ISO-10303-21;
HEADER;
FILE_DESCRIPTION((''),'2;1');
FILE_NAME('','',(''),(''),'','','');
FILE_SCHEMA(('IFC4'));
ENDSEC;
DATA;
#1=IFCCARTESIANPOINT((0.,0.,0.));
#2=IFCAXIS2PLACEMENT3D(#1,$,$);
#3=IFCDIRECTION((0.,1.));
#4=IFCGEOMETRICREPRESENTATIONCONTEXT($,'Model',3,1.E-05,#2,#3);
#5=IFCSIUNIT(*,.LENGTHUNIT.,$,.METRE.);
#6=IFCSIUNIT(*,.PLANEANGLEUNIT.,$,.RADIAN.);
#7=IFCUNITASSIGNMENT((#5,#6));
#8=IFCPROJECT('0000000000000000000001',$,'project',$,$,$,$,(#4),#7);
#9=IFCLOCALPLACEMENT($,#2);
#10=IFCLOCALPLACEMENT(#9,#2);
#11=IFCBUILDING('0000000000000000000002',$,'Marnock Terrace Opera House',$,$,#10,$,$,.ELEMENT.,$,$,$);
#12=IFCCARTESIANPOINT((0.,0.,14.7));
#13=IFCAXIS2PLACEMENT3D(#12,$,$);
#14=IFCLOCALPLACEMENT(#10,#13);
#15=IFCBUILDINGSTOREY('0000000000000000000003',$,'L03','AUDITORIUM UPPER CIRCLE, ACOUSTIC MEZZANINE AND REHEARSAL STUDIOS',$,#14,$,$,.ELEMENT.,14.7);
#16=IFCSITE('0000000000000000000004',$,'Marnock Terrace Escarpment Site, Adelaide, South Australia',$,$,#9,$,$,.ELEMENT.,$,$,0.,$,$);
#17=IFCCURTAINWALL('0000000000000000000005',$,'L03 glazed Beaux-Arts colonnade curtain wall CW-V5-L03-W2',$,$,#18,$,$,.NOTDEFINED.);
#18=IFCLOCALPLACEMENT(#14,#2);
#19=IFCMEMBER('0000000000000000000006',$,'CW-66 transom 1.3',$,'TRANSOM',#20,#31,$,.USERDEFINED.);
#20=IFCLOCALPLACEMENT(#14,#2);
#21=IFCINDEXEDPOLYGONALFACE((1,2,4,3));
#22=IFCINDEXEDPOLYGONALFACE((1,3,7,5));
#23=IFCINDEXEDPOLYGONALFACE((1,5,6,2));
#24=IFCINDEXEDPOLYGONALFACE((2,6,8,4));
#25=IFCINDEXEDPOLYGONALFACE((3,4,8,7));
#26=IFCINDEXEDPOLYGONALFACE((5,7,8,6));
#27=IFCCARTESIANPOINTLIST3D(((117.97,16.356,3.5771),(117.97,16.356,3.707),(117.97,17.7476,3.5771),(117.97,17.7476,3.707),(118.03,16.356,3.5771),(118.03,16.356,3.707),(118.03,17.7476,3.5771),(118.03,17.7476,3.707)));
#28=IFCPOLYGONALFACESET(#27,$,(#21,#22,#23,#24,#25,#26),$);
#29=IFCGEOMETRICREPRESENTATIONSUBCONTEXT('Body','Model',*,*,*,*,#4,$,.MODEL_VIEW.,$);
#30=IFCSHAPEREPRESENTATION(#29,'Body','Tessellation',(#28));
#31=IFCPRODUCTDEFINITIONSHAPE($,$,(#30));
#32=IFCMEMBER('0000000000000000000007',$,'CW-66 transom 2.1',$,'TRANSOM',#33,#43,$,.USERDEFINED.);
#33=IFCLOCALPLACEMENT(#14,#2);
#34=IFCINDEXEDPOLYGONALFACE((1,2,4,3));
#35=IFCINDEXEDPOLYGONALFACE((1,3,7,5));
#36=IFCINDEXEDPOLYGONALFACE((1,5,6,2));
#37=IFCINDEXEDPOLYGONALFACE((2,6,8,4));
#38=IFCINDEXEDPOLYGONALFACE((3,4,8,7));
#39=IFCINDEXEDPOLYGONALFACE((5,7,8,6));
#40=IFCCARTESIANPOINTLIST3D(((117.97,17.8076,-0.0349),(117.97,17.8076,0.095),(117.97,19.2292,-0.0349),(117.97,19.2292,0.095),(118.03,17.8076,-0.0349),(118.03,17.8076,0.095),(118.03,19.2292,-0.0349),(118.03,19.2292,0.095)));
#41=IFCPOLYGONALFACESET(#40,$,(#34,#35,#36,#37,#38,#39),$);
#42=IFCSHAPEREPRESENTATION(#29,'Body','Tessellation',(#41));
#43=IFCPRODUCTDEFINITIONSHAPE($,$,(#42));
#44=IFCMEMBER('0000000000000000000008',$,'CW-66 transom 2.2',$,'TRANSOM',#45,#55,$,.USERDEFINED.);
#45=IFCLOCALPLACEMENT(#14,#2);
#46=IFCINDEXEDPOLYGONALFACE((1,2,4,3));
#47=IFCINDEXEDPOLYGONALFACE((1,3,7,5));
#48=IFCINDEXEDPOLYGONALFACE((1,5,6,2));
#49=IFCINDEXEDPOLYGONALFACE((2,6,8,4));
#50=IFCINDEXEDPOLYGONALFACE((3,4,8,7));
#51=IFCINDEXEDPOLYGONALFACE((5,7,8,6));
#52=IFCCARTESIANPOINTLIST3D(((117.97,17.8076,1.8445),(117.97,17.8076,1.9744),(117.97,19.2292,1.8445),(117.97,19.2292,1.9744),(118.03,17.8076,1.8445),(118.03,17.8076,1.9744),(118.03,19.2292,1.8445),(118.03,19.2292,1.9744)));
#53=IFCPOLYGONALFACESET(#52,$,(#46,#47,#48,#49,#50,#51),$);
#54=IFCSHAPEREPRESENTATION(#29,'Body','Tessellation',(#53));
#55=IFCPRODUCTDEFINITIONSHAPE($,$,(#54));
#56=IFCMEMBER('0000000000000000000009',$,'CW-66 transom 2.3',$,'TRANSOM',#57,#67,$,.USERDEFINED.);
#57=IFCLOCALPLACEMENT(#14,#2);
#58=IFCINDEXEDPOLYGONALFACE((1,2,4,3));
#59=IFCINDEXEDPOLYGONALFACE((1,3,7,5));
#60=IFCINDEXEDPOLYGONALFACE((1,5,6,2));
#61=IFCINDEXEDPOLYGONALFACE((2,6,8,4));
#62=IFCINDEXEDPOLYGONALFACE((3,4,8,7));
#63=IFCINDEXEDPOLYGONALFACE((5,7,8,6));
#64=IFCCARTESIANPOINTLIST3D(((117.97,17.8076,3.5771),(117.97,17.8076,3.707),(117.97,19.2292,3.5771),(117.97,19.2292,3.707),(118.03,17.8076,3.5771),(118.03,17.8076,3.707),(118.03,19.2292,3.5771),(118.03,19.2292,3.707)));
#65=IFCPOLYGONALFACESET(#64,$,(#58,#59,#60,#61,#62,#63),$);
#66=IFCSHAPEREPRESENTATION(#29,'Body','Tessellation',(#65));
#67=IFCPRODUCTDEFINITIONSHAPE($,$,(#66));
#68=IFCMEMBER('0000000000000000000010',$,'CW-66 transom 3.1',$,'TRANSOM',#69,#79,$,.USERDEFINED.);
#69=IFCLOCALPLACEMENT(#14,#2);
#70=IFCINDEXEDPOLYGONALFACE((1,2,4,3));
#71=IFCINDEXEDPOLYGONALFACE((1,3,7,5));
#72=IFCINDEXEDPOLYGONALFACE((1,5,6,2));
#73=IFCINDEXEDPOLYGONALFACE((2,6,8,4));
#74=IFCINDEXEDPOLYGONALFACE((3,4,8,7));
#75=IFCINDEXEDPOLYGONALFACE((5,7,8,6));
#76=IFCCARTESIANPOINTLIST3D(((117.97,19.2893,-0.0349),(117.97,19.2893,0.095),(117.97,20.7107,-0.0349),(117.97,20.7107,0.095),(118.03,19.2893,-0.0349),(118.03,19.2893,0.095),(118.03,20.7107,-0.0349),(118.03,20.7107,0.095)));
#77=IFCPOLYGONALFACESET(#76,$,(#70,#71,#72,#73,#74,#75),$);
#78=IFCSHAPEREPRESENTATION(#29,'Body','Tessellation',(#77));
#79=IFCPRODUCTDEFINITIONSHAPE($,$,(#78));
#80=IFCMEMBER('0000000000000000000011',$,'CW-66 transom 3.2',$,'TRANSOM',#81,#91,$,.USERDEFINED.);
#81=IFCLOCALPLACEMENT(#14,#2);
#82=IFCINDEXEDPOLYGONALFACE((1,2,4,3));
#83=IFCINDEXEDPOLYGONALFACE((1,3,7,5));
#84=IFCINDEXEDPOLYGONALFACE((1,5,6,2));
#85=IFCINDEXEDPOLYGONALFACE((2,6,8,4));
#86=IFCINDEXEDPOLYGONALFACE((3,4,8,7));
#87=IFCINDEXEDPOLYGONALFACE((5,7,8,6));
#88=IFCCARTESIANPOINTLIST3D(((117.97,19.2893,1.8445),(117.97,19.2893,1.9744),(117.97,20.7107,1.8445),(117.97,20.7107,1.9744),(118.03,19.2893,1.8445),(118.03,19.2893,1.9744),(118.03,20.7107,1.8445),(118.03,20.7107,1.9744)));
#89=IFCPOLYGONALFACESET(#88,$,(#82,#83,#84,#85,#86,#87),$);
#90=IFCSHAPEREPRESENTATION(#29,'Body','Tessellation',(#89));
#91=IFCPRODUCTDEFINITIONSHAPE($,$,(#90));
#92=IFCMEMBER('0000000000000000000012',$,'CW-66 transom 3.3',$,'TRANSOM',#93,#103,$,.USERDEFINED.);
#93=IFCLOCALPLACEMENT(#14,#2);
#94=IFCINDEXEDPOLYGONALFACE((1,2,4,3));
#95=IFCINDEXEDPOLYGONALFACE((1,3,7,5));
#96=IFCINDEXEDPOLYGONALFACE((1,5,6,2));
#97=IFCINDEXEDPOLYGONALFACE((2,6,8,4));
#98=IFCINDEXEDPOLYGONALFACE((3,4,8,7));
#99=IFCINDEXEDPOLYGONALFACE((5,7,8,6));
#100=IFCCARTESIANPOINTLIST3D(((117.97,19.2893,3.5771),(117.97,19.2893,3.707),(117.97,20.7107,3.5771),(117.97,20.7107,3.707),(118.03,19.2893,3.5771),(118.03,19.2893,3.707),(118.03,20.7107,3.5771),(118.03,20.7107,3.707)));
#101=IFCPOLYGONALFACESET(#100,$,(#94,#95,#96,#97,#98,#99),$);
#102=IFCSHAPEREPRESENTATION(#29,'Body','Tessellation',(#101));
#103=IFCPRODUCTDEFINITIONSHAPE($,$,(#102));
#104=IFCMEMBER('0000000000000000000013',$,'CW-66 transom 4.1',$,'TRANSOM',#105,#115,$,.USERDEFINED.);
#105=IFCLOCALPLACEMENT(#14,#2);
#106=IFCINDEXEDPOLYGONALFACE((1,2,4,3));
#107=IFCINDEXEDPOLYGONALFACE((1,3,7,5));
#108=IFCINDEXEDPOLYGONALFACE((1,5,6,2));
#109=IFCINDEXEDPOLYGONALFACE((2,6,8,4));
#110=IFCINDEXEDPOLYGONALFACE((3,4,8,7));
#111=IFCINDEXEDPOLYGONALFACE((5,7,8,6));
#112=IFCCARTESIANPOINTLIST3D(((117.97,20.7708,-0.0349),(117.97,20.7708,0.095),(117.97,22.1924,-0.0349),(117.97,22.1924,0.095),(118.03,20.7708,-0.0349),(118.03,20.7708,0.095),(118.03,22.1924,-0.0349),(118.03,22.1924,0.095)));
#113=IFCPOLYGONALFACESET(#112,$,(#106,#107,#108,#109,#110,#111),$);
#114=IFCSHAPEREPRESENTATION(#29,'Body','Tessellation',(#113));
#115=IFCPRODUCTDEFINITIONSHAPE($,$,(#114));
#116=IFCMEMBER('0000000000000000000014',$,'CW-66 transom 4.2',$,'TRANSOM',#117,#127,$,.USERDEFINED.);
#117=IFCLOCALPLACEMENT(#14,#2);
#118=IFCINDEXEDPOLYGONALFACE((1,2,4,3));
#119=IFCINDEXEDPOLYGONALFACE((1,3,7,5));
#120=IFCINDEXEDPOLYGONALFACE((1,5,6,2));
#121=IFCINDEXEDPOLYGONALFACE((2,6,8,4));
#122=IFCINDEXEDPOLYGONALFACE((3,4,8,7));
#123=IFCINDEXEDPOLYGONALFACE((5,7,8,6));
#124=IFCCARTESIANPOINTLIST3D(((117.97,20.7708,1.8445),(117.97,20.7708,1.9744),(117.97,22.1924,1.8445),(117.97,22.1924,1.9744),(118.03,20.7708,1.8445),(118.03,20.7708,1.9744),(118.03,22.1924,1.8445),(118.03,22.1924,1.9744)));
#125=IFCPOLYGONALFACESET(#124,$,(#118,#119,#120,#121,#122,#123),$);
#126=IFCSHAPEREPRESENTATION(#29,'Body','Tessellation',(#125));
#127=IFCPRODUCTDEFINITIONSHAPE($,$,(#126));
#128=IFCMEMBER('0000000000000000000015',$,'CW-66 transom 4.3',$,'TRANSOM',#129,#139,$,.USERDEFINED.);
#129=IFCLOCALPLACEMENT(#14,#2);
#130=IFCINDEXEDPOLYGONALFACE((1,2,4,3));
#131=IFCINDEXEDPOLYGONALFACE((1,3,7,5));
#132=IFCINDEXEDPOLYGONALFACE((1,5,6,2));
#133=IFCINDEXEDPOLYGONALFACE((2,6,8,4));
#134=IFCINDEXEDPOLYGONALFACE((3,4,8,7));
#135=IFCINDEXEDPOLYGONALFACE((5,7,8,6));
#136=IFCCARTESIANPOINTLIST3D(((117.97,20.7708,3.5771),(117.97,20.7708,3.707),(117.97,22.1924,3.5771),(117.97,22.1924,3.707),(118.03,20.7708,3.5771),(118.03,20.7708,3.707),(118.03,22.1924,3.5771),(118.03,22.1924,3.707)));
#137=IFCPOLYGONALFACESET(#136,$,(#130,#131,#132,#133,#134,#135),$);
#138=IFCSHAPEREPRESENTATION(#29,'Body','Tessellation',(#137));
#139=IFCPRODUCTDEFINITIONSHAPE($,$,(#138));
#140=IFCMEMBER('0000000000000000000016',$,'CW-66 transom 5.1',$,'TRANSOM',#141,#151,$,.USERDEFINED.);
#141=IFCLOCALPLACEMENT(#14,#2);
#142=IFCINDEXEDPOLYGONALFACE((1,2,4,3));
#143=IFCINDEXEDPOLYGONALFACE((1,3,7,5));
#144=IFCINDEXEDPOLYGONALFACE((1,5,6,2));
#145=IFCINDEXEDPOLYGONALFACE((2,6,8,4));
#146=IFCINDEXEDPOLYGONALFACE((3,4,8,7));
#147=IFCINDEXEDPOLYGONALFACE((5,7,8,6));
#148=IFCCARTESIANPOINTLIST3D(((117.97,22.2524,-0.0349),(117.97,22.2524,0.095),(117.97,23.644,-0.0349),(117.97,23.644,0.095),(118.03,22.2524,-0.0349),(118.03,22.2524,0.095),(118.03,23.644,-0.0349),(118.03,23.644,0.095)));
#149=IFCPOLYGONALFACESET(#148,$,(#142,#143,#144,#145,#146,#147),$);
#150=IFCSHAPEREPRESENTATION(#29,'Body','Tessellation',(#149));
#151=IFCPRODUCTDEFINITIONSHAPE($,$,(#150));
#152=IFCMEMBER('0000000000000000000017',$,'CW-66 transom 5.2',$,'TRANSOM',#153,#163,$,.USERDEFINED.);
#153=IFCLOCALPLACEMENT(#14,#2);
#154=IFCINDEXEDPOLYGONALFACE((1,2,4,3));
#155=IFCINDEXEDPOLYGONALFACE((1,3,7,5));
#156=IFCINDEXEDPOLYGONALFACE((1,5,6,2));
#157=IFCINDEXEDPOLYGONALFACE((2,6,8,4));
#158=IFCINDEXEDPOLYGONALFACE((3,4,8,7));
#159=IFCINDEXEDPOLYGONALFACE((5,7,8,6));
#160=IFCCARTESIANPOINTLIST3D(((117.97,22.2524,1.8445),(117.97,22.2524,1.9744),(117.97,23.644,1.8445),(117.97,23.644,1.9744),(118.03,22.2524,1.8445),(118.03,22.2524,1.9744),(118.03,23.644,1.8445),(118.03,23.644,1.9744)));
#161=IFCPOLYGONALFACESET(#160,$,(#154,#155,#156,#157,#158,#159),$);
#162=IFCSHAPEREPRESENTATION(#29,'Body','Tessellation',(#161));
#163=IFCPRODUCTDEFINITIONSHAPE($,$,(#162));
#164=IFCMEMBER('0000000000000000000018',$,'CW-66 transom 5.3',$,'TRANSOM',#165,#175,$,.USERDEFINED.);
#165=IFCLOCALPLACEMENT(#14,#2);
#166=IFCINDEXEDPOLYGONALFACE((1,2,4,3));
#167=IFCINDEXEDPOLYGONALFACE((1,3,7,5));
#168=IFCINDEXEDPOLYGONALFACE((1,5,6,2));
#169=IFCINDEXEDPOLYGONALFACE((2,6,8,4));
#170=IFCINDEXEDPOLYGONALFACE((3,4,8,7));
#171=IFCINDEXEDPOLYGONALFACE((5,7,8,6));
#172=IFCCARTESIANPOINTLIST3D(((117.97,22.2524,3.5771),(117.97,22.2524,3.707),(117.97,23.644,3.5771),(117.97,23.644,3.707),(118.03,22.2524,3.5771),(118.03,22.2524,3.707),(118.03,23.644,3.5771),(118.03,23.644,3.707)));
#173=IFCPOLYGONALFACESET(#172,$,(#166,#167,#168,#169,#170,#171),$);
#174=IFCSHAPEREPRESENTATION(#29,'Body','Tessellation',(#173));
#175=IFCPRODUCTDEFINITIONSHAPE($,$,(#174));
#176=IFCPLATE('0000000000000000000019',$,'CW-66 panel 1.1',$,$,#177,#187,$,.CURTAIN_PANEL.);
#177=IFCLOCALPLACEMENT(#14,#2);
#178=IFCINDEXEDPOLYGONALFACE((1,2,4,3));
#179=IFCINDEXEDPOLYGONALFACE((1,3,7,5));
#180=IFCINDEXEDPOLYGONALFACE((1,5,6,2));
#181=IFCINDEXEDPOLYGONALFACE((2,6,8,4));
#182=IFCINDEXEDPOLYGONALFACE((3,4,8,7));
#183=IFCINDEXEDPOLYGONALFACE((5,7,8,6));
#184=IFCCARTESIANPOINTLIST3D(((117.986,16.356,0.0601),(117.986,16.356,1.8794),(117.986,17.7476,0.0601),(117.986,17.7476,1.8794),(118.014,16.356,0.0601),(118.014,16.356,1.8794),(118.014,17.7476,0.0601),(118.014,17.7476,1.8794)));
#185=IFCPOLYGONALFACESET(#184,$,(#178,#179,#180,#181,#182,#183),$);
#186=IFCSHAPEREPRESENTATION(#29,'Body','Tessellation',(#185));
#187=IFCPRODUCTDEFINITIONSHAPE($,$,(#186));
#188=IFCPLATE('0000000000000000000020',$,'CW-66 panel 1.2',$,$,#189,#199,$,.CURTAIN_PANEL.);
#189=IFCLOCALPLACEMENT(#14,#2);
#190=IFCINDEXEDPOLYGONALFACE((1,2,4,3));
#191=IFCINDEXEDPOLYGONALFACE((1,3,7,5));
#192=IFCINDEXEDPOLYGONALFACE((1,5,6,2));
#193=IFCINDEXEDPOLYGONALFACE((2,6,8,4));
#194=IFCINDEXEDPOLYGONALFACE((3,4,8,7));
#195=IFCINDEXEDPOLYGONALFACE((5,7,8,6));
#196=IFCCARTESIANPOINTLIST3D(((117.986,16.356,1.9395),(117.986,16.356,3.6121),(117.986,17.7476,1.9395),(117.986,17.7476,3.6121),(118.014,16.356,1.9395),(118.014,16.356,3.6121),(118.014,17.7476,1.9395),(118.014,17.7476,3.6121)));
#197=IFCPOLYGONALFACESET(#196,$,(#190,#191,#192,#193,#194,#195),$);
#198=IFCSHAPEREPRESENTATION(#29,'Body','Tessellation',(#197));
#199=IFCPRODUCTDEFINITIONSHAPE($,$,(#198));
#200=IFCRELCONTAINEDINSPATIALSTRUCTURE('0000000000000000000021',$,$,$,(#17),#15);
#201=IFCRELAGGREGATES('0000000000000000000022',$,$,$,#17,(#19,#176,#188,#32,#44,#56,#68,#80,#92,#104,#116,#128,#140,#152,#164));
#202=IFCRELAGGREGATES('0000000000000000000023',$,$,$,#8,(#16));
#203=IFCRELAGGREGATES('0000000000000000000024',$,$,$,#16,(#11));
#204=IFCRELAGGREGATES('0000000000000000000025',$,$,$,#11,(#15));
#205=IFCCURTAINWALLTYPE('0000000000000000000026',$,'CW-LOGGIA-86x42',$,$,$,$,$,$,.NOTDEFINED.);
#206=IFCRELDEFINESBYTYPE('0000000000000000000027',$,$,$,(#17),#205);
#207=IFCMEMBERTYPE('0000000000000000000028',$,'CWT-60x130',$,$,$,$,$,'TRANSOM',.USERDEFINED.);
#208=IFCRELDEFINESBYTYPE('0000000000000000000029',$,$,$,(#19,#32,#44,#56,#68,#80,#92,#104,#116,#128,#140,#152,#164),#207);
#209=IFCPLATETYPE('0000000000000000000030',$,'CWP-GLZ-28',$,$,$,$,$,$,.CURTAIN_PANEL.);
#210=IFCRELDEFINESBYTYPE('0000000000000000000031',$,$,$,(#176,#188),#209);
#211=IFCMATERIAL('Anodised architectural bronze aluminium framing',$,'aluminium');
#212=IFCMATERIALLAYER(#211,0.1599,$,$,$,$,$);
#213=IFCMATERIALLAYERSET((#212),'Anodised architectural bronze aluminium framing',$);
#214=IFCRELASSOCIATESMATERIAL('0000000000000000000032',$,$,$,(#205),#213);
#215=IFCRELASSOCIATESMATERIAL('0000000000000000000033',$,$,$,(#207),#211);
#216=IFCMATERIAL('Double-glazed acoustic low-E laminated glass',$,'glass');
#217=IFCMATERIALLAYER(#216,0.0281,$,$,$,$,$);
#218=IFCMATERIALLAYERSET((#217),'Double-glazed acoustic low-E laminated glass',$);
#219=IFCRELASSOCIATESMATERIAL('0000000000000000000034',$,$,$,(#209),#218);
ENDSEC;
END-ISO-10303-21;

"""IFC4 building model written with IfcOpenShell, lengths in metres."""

from ifc_helpers import new_model, si_unit, direction, frame, origin, origin_2d, place, context, subcontext, project, spatial, rectangle, extrude, material, layer, layer_set, material_profile, profile_set, type_object, element, aggregate, save


model = new_model("IFC4")

# Units and contexts
model_context = context("Model", 3, precision=1e-05, world=origin(), true_north=direction((0.0, 1.0)))
body_context = subcontext(model_context, "Body", "Model", "MODEL_VIEW")
ifc_project = project(units=[si_unit("LENGTHUNIT", "METRE"), si_unit("PLANEANGLEUNIT", "RADIAN")], contexts=[model_context])

# Site, building, storey
site_placement = place(None, origin())
site = spatial("IfcSite", under=ifc_project, at=site_placement, Name="Marnock Terrace Escarpment Site, Adelaide, South Australia", CompositionType="ELEMENT", RefElevation=0.0)
building_placement = place(site_placement, origin())
building = spatial("IfcBuilding", under=site, at=building_placement, Name="Marnock Terrace Opera House", CompositionType="ELEMENT")
storey_placement = place(building_placement, frame((0.0, 0.0, 14.7)))
storey = spatial("IfcBuildingStorey", under=building, at=storey_placement, Name="L03", Description="AUDITORIUM UPPER CIRCLE, ACOUSTIC MEZZANINE AND REHEARSAL STUDIOS", CompositionType="ELEMENT", Elevation=14.7)

# Curtain wall, members, plates
ifc_material_1 = material(Name="Anodised architectural bronze aluminium framing", Category="aluminium")
ifc_layer_1 = layer(ifc_material_1, 0.1599)
ifc_layer_set_1 = layer_set([ifc_layer_1], Name="Anodised architectural bronze aluminium framing")
curtain_wall_type = type_object("IfcCurtainWallType", Name="CW-LOGGIA-86x42", PredefinedType="NOTDEFINED", material=ifc_layer_set_1)
curtain_wall_placement = place(storey_placement, origin())
curtain_wall = element("IfcCurtainWall", 1, at=curtain_wall_placement, inside=storey, type_object=curtain_wall_type, Name="L03 glazed Beaux-Arts colonnade curtain wall CW-V5-L03-W2", PredefinedType="NOTDEFINED")
ifc_material_profile_1 = material_profile(ifc_material_1, rectangle(XDim=0.0601, YDim=0.1299, at=origin_2d()))
ifc_profile_set_1 = profile_set([ifc_material_profile_1], Name="Anodised architectural bronze aluminium framing")
member_type_1 = type_object("IfcMemberType", Name="CWT-60x130", ElementType="TRANSOM", PredefinedType="USERDEFINED", material=ifc_profile_set_1)
member_1_placement = place(storey_placement, frame((118.0, 16.356, 3.6421), z_axis=(0.0, 1.0, 0.0), x_axis=(-1.0, 0.0, 0.0)))
member_1 = element("IfcMember", 2, at=member_1_placement, type_object=member_type_1, Name="CW-66 transom 1.3", ObjectType="TRANSOM", PredefinedType="USERDEFINED", context=body_context, shape_type="SweptSolid", body=[
    extrude(rectangle(XDim=0.0601, YDim=0.1299, at=origin_2d()), origin(), (0.0, 0.0, 1.0), 1.3916),
])
member_2_placement = place(storey_placement, frame((118.0, 17.8076, 0.03), z_axis=(0.0, 1.0, 0.0), x_axis=(-1.0, 0.0, 0.0)))
member_2 = element("IfcMember", 3, at=member_2_placement, type_object=member_type_1, Name="CW-66 transom 2.1", ObjectType="TRANSOM", PredefinedType="USERDEFINED", context=body_context, shape_type="SweptSolid", body=[
    extrude(rectangle(XDim=0.0601, YDim=0.1299, at=origin_2d()), origin(), (0.0, 0.0, 1.0), 1.4216),
])
member_3_placement = place(storey_placement, frame((118.0, 17.8076, 1.9094), z_axis=(0.0, 1.0, 0.0), x_axis=(-1.0, 0.0, 0.0)))
member_3 = element("IfcMember", 4, at=member_3_placement, type_object=member_type_1, Name="CW-66 transom 2.2", ObjectType="TRANSOM", PredefinedType="USERDEFINED", context=body_context, shape_type="SweptSolid", body=[
    extrude(rectangle(XDim=0.0601, YDim=0.1299, at=origin_2d()), origin(), (0.0, 0.0, 1.0), 1.4216),
])
member_4_placement = place(storey_placement, frame((118.0, 17.8076, 3.6421), z_axis=(0.0, 1.0, 0.0), x_axis=(-1.0, 0.0, 0.0)))
member_4 = element("IfcMember", 5, at=member_4_placement, type_object=member_type_1, Name="CW-66 transom 2.3", ObjectType="TRANSOM", PredefinedType="USERDEFINED", context=body_context, shape_type="SweptSolid", body=[
    extrude(rectangle(XDim=0.0601, YDim=0.1299, at=origin_2d()), origin(), (0.0, 0.0, 1.0), 1.4216),
])
member_5_placement = place(storey_placement, frame((118.0, 19.2893, 0.03), z_axis=(0.0, 1.0, 0.0), x_axis=(-1.0, 0.0, 0.0)))
member_5 = element("IfcMember", 6, at=member_5_placement, type_object=member_type_1, Name="CW-66 transom 3.1", ObjectType="TRANSOM", PredefinedType="USERDEFINED", context=body_context, shape_type="SweptSolid", body=[
    extrude(rectangle(XDim=0.0601, YDim=0.1299, at=origin_2d()), origin(), (0.0, 0.0, 1.0), 1.4214),
])
member_6_placement = place(storey_placement, frame((118.0, 19.2893, 1.9094), z_axis=(0.0, 1.0, 0.0), x_axis=(-1.0, 0.0, 0.0)))
member_6 = element("IfcMember", 7, at=member_6_placement, type_object=member_type_1, Name="CW-66 transom 3.2", ObjectType="TRANSOM", PredefinedType="USERDEFINED", context=body_context, shape_type="SweptSolid", body=[
    extrude(rectangle(XDim=0.0601, YDim=0.1299, at=origin_2d()), origin(), (0.0, 0.0, 1.0), 1.4214),
])
member_7_placement = place(storey_placement, frame((118.0, 19.2893, 3.6421), z_axis=(0.0, 1.0, 0.0), x_axis=(-1.0, 0.0, 0.0)))
member_7 = element("IfcMember", 8, at=member_7_placement, type_object=member_type_1, Name="CW-66 transom 3.3", ObjectType="TRANSOM", PredefinedType="USERDEFINED", context=body_context, shape_type="SweptSolid", body=[
    extrude(rectangle(XDim=0.0601, YDim=0.1299, at=origin_2d()), origin(), (0.0, 0.0, 1.0), 1.4214),
])
member_8_placement = place(storey_placement, frame((118.0, 20.7708, 0.03), z_axis=(0.0, 1.0, 0.0), x_axis=(-1.0, 0.0, 0.0)))
member_8 = element("IfcMember", 9, at=member_8_placement, type_object=member_type_1, Name="CW-66 transom 4.1", ObjectType="TRANSOM", PredefinedType="USERDEFINED", context=body_context, shape_type="SweptSolid", body=[
    extrude(rectangle(XDim=0.0601, YDim=0.1299, at=origin_2d()), origin(), (0.0, 0.0, 1.0), 1.4216),
])
member_9_placement = place(storey_placement, frame((118.0, 20.7708, 1.9094), z_axis=(0.0, 1.0, 0.0), x_axis=(-1.0, 0.0, 0.0)))
member_9 = element("IfcMember", 10, at=member_9_placement, type_object=member_type_1, Name="CW-66 transom 4.2", ObjectType="TRANSOM", PredefinedType="USERDEFINED", context=body_context, shape_type="SweptSolid", body=[
    extrude(rectangle(XDim=0.0601, YDim=0.1299, at=origin_2d()), origin(), (0.0, 0.0, 1.0), 1.4216),
])
member_10_placement = place(storey_placement, frame((118.0, 20.7708, 3.6421), z_axis=(0.0, 1.0, 0.0), x_axis=(-1.0, 0.0, 0.0)))
member_10 = element("IfcMember", 11, at=member_10_placement, type_object=member_type_1, Name="CW-66 transom 4.3", ObjectType="TRANSOM", PredefinedType="USERDEFINED", context=body_context, shape_type="SweptSolid", body=[
    extrude(rectangle(XDim=0.0601, YDim=0.1299, at=origin_2d()), origin(), (0.0, 0.0, 1.0), 1.4216),
])
member_11_placement = place(storey_placement, frame((118.0, 22.2524, 0.03), z_axis=(0.0, 1.0, 0.0), x_axis=(-1.0, 0.0, 0.0)))
member_11 = element("IfcMember", 12, at=member_11_placement, type_object=member_type_1, Name="CW-66 transom 5.1", ObjectType="TRANSOM", PredefinedType="USERDEFINED", context=body_context, shape_type="SweptSolid", body=[
    extrude(rectangle(XDim=0.0601, YDim=0.1299, at=origin_2d()), origin(), (0.0, 0.0, 1.0), 1.3916),
])
member_12_placement = place(storey_placement, frame((118.0, 22.2524, 1.9094), z_axis=(0.0, 1.0, 0.0), x_axis=(-1.0, 0.0, 0.0)))
member_12 = element("IfcMember", 13, at=member_12_placement, type_object=member_type_1, Name="CW-66 transom 5.2", ObjectType="TRANSOM", PredefinedType="USERDEFINED", context=body_context, shape_type="SweptSolid", body=[
    extrude(rectangle(XDim=0.0601, YDim=0.1299, at=origin_2d()), origin(), (0.0, 0.0, 1.0), 1.3916),
])
member_13_placement = place(storey_placement, frame((118.0, 22.2524, 3.6421), z_axis=(0.0, 1.0, 0.0), x_axis=(-1.0, 0.0, 0.0)))
member_13 = element("IfcMember", 14, at=member_13_placement, type_object=member_type_1, Name="CW-66 transom 5.3", ObjectType="TRANSOM", PredefinedType="USERDEFINED", context=body_context, shape_type="SweptSolid", body=[
    extrude(rectangle(XDim=0.0601, YDim=0.1299, at=origin_2d()), origin(), (0.0, 0.0, 1.0), 1.3916),
])
ifc_material_2 = material(Name="Double-glazed acoustic low-E laminated glass", Category="glass")
ifc_layer_2 = layer(ifc_material_2, 0.0281)
ifc_layer_set_2 = layer_set([ifc_layer_2], Name="Double-glazed acoustic low-E laminated glass")
plate_type = type_object("IfcPlateType", Name="CWP-GLZ-28", PredefinedType="CURTAIN_PANEL", material=ifc_layer_set_2)
plate_1_placement = place(storey_placement, frame((118.0, 17.0518, 0.0601), z_axis=(0.0, 0.0, 1.0), x_axis=(0.0, 1.0, 0.0)))
plate_1 = element("IfcPlate", 15, at=plate_1_placement, type_object=plate_type, Name="CW-66 panel 1.1", PredefinedType="CURTAIN_PANEL", context=body_context, shape_type="SweptSolid", body=[
    extrude(rectangle(XDim=1.3916, YDim=0.0281, at=origin_2d()), origin(), (0.0, 0.0, 1.0), 1.8193),
])
plate_2_placement = place(storey_placement, frame((118.0, 17.0518, 1.9395), z_axis=(0.0, 0.0, 1.0), x_axis=(0.0, 1.0, 0.0)))
plate_2 = element("IfcPlate", 16, at=plate_2_placement, type_object=plate_type, Name="CW-66 panel 1.2", PredefinedType="CURTAIN_PANEL", context=body_context, shape_type="SweptSolid", body=[
    extrude(rectangle(XDim=1.3916, YDim=0.0281, at=origin_2d()), origin(), (0.0, 0.0, 1.0), 1.6726),
])
aggregate(curtain_wall, [member_1, plate_1, plate_2, member_2, member_3, member_4, member_5, member_6, member_7, member_8, member_9, member_10, member_11, member_12, member_13])

save(model, "model.ifc")
